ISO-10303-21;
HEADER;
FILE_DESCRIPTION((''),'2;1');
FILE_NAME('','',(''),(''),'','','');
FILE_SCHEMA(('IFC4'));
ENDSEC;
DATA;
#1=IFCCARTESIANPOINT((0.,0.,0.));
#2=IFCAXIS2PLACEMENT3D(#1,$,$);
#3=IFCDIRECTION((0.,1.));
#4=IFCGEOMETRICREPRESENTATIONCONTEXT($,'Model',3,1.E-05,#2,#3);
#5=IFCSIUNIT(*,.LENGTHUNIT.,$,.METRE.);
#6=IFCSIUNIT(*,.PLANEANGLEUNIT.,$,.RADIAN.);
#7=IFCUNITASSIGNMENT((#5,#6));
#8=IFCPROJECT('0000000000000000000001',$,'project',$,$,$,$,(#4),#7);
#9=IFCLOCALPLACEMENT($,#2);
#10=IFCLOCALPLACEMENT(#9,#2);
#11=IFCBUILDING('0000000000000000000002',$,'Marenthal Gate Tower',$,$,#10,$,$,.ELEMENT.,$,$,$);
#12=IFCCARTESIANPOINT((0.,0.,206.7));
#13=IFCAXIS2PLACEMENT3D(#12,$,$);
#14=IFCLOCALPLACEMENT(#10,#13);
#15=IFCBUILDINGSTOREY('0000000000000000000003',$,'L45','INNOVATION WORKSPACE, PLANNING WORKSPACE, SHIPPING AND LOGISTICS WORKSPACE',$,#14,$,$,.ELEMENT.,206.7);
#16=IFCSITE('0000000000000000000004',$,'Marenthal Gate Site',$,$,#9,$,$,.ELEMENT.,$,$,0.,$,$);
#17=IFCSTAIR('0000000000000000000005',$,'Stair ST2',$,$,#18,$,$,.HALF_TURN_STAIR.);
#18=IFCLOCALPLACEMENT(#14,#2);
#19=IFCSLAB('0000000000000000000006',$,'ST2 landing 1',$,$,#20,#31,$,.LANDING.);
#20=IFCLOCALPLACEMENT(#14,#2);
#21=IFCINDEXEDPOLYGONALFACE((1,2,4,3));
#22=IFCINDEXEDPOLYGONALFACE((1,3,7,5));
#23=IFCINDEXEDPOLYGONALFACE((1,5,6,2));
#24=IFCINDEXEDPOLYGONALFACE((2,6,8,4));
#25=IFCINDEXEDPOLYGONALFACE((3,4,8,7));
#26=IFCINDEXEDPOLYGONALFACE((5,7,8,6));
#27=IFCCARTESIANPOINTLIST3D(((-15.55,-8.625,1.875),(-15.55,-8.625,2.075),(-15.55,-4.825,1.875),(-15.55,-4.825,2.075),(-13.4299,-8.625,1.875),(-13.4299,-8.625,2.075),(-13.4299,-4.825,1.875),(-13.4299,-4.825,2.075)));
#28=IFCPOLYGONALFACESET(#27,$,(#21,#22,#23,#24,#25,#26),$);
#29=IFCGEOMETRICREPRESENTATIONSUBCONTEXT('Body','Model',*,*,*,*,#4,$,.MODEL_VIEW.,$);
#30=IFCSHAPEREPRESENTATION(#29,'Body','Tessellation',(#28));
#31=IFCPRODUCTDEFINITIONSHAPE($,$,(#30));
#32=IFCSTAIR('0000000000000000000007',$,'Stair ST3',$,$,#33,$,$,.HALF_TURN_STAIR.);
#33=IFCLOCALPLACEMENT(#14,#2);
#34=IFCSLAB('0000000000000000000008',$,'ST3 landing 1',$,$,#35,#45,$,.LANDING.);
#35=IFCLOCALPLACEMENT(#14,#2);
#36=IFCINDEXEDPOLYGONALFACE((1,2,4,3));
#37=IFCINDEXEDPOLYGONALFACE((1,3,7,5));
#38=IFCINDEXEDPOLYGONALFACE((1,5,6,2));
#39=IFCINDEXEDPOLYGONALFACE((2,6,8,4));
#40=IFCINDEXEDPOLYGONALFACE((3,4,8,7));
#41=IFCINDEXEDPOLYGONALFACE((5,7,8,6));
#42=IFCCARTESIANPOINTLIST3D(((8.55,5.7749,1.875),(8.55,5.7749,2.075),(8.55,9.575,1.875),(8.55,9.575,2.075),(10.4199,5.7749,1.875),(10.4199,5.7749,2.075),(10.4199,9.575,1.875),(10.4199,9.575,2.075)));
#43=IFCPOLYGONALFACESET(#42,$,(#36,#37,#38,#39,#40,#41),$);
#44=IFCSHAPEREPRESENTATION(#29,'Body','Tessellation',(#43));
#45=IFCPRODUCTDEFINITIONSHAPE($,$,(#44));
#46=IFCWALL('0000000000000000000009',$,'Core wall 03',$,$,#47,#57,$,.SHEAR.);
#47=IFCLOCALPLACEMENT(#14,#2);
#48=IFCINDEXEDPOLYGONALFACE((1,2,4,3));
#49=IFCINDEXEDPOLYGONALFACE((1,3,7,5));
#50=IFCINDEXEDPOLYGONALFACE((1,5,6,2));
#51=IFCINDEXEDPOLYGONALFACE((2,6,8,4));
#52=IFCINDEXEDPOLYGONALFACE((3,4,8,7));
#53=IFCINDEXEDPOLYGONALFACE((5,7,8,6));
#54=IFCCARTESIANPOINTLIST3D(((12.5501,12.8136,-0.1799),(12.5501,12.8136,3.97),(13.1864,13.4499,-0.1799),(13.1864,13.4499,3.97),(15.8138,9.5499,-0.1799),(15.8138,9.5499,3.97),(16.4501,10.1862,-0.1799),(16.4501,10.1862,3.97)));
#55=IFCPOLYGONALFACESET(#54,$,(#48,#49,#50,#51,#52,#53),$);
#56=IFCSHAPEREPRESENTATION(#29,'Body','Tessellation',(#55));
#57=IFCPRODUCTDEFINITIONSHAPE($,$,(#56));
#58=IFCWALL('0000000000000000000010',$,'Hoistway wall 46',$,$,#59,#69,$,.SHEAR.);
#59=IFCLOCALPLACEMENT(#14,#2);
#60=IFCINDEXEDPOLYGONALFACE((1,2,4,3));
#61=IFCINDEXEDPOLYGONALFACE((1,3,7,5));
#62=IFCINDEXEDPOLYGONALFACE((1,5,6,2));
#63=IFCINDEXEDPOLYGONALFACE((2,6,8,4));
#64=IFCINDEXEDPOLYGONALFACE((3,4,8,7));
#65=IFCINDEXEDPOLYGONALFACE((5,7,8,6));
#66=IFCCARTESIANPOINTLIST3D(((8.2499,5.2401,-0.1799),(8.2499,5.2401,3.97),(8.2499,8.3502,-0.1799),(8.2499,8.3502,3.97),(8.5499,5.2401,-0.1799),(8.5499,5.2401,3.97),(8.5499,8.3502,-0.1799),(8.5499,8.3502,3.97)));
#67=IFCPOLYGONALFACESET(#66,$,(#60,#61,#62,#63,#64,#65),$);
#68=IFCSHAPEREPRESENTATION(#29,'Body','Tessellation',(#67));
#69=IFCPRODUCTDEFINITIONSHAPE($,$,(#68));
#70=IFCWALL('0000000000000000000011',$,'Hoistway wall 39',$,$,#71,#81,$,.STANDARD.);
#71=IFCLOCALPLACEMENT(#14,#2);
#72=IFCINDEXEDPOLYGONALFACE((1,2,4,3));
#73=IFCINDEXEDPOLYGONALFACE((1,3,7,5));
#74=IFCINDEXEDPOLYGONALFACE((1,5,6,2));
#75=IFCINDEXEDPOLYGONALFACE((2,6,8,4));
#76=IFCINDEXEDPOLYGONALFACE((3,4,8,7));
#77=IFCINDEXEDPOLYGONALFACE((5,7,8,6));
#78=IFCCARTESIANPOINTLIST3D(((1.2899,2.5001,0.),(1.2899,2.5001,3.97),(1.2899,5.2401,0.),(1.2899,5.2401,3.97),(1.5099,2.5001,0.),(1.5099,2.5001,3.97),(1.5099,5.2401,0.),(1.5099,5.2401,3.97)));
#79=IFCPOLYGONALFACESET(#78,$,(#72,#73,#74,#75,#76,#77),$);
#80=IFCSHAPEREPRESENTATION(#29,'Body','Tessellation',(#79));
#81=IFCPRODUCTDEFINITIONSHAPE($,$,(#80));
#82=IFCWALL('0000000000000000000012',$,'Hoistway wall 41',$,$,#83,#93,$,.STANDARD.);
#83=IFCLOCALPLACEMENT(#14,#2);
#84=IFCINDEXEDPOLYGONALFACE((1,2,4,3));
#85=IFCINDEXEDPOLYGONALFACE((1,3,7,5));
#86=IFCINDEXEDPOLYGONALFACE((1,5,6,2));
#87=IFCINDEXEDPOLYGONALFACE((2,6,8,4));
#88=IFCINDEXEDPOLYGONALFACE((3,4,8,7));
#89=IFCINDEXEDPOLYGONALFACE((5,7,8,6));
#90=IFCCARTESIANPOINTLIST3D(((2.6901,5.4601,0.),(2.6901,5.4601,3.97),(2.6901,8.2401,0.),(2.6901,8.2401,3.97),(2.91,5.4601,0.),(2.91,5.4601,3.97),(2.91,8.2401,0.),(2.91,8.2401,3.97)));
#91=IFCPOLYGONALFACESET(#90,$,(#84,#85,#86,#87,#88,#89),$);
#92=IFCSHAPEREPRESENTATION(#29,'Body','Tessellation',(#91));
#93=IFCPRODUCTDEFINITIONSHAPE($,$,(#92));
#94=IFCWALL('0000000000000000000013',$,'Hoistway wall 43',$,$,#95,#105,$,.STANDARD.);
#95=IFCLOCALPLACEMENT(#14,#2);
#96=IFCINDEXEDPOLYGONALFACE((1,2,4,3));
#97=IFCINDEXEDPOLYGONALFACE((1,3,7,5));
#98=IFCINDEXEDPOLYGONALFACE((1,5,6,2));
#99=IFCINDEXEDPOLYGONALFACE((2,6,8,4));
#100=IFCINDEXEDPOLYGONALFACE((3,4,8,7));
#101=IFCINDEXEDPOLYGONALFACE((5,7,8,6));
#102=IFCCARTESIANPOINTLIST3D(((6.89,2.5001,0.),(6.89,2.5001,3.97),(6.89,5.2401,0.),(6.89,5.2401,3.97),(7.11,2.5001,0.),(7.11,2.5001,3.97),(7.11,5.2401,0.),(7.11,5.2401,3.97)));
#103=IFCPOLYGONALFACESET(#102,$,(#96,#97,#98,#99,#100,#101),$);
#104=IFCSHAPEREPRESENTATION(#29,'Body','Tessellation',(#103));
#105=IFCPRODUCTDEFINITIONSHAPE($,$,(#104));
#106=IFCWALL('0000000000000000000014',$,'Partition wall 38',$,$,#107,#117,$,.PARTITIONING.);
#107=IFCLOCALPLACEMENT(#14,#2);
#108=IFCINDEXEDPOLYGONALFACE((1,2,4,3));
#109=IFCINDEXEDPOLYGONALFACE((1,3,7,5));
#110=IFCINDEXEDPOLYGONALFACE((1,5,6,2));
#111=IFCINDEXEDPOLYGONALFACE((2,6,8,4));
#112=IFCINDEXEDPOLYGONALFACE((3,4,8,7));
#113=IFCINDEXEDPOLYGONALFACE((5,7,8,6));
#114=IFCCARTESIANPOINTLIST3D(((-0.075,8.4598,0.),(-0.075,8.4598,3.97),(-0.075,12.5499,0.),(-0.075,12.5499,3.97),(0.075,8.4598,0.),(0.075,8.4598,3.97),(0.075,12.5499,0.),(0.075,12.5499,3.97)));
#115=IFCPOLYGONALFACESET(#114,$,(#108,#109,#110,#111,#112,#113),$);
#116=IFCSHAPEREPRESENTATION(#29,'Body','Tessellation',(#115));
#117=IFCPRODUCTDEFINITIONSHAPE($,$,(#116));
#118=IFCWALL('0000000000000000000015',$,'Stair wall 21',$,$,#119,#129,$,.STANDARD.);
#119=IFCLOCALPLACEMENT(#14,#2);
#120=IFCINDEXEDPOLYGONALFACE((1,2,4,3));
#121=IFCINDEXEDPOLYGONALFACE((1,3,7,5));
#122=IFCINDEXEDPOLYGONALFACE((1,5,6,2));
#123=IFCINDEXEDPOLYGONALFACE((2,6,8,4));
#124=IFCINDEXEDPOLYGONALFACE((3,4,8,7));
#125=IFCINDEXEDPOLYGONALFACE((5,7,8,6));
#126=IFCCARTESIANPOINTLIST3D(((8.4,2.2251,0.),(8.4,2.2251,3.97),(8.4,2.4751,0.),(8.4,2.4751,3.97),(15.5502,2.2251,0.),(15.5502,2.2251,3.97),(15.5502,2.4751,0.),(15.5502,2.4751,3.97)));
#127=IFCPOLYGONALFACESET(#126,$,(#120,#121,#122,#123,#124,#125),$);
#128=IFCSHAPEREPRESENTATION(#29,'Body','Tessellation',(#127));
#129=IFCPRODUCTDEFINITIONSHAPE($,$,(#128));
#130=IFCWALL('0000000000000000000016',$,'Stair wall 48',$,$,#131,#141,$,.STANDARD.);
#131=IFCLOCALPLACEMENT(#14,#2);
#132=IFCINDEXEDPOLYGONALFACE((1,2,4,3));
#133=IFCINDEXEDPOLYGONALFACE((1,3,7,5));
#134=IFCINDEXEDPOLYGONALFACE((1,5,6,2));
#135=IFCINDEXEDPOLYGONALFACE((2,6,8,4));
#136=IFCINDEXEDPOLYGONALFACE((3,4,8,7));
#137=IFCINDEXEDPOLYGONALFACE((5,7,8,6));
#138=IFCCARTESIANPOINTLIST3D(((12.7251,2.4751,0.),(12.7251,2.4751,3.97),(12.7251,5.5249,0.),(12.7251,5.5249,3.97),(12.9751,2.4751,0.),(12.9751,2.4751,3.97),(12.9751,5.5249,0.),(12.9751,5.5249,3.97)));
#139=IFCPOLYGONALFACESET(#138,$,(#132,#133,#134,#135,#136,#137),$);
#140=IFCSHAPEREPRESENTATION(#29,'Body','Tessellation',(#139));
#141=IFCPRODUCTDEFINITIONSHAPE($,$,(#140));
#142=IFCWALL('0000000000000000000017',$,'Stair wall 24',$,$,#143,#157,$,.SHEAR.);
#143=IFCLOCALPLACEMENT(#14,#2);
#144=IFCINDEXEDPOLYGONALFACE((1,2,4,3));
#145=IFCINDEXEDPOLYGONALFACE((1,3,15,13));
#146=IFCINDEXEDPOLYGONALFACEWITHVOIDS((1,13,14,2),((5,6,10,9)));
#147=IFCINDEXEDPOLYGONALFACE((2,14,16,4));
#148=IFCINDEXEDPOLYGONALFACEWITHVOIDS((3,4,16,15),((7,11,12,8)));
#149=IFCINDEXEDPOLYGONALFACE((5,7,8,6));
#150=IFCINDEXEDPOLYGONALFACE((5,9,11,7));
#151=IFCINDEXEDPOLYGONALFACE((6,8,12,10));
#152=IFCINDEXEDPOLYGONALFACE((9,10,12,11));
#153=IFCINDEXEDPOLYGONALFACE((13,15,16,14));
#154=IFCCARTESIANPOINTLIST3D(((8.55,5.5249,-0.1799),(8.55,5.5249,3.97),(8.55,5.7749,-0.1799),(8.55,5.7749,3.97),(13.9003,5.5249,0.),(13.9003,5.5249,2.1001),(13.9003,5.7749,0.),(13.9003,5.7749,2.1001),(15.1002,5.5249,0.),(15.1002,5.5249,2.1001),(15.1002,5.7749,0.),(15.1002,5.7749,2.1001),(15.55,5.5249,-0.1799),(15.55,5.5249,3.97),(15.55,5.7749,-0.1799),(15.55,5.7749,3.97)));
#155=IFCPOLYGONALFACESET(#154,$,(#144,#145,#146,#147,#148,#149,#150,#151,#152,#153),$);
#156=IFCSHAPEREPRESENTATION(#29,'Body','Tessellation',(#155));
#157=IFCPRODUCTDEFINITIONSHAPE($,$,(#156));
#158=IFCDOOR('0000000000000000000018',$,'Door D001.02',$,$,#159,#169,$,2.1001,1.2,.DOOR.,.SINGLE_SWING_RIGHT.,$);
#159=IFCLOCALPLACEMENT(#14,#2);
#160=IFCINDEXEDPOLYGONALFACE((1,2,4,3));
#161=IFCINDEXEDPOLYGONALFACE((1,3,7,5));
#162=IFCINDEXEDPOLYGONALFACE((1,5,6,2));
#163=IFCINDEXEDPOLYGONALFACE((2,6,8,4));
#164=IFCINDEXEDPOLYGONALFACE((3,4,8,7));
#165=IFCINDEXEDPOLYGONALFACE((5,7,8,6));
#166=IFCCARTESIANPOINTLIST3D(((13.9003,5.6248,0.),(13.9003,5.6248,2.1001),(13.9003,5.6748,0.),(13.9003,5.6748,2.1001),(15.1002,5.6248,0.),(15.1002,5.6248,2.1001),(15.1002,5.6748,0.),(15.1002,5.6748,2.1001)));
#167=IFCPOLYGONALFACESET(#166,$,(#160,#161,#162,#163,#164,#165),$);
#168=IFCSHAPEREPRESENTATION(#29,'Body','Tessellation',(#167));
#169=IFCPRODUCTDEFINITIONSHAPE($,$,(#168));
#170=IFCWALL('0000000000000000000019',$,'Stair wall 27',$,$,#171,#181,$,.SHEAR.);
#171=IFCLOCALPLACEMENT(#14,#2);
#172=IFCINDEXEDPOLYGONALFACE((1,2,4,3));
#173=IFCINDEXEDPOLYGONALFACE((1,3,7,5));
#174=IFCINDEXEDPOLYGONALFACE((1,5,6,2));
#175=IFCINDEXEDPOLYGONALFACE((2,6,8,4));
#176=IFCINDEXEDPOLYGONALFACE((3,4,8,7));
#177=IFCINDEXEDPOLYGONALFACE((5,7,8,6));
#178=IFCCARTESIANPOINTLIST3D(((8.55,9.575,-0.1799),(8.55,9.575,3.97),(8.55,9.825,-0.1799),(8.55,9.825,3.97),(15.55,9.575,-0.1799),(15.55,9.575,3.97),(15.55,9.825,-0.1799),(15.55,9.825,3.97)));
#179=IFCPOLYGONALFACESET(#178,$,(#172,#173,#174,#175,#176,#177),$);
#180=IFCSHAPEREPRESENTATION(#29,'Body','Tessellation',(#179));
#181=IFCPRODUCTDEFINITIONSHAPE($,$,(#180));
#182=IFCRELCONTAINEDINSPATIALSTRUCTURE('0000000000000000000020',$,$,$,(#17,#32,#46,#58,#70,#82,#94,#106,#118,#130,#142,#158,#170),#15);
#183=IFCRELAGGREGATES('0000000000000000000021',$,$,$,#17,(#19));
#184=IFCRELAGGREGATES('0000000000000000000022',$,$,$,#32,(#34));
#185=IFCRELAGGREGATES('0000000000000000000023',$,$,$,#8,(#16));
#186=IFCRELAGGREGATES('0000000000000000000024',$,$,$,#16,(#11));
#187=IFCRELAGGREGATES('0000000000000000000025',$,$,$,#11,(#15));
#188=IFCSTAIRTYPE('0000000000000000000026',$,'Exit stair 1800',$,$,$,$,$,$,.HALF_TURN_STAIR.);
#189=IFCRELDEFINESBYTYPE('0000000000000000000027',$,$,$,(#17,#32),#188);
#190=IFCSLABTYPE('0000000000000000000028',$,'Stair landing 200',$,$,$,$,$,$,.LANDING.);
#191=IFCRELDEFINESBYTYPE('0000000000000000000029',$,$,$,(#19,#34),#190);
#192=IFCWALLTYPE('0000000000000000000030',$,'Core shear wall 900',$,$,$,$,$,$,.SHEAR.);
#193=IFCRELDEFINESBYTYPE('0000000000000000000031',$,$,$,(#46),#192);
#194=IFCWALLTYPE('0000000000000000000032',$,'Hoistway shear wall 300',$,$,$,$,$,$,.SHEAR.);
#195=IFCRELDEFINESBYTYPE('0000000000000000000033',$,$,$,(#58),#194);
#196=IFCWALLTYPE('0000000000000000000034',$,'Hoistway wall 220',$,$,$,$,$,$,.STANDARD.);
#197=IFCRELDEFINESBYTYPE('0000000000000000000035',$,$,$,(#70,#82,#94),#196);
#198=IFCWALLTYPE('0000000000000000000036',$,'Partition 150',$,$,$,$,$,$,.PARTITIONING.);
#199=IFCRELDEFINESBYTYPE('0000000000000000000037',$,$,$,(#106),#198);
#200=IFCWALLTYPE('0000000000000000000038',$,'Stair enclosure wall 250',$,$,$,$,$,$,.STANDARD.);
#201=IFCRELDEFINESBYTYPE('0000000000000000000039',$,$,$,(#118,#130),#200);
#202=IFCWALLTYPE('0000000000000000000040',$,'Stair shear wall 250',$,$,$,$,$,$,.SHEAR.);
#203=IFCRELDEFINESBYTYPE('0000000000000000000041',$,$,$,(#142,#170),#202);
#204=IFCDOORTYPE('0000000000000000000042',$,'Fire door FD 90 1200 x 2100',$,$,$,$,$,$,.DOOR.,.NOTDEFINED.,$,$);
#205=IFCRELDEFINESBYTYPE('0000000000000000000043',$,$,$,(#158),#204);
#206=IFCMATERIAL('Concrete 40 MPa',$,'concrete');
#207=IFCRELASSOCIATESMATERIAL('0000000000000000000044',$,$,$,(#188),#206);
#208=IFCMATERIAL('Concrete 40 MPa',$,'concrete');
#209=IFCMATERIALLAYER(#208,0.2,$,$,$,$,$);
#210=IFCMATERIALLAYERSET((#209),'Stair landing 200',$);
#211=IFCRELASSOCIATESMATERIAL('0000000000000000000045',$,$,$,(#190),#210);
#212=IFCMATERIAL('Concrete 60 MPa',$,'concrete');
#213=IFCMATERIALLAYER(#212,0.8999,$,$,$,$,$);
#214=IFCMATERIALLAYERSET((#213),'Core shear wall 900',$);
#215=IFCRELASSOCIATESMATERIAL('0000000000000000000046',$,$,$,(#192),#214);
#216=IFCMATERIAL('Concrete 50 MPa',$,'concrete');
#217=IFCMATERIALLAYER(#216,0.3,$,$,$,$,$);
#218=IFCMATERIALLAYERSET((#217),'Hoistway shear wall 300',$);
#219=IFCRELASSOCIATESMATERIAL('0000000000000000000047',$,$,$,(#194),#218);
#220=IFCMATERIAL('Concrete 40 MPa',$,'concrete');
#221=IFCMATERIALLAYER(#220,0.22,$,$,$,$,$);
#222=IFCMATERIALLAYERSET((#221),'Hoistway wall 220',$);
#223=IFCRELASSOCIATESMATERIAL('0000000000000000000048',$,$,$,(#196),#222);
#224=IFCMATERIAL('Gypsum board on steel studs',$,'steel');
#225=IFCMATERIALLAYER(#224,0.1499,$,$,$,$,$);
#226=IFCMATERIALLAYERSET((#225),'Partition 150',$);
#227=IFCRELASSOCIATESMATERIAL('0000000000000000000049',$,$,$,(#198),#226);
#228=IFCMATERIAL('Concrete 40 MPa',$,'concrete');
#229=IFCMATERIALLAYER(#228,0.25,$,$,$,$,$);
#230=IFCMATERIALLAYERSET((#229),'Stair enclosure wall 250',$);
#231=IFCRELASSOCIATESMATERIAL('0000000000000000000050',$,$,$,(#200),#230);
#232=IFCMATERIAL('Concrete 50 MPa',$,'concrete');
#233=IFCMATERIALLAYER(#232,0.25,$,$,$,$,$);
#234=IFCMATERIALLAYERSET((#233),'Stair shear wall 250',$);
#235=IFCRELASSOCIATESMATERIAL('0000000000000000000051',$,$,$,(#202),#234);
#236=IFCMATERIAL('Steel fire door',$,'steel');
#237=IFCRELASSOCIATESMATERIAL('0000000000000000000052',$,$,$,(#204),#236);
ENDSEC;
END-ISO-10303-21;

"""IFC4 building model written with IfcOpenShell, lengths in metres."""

from ifc_helpers import new_model, si_unit, direction, frame, frame_2d, origin, place, context, subcontext, project, spatial, polyline, rectangle, outline, extrude, material, layer, layer_set, type_object, element, fill, aggregate, save


model = new_model("IFC4")

# Units and contexts
model_context = context("Model", 3, precision=1e-05, world=origin(), true_north=direction((0.0, 1.0)))
body_context = subcontext(model_context, "Body", "Model", "MODEL_VIEW")
ifc_project = project(units=[si_unit("LENGTHUNIT", "METRE"), si_unit("PLANEANGLEUNIT", "RADIAN")], contexts=[model_context])

# Site, building, storey
site_placement = place(None, origin())
site = spatial("IfcSite", under=ifc_project, at=site_placement, Name="Marenthal Gate Site", CompositionType="ELEMENT", RefElevation=0.0)
building_placement = place(site_placement, origin())
building = spatial("IfcBuilding", under=site, at=building_placement, Name="Marenthal Gate Tower", CompositionType="ELEMENT")
storey_placement = place(building_placement, frame((0.0, 0.0, 206.7)))
storey = spatial("IfcBuildingStorey", under=building, at=storey_placement, Name="L45", Description="INNOVATION WORKSPACE, PLANNING WORKSPACE, SHIPPING AND LOGISTICS WORKSPACE", CompositionType="ELEMENT", Elevation=206.7)

# Stairs, slabs
ifc_material_1 = material(Name="Concrete 40 MPa", Category="concrete")
stair_type = type_object("IfcStairType", Name="Exit stair 1800", PredefinedType="HALF_TURN_STAIR", material=ifc_material_1)
stair_1_placement = place(storey_placement, origin())
stair_1 = element("IfcStair", 1, at=stair_1_placement, inside=storey, type_object=stair_type, Name="Stair ST2", PredefinedType="HALF_TURN_STAIR")
ifc_material_2 = material(Name="Concrete 40 MPa", Category="concrete")
ifc_layer_1 = layer(ifc_material_2, 0.2)
ifc_layer_set_1 = layer_set([ifc_layer_1], Name="Stair landing 200")
slab_type = type_object("IfcSlabType", Name="Stair landing 200", PredefinedType="LANDING", material=ifc_layer_set_1)
slab_1_placement = place(storey_placement, frame((0.0, 0.0, 1.875)))
slab_1 = element("IfcSlab", 2, at=slab_1_placement, type_object=slab_type, Name="ST2 landing 1", PredefinedType="LANDING", context=body_context, shape_type="SweptSolid", body=[
    extrude(outline(polyline([(-15.55, -8.625), (-13.4299, -8.625), (-13.4299, -4.825), (-15.55, -4.825), (-15.55, -8.625)])), origin(), (0.0, 0.0, 1.0), 0.2),
])
aggregate(stair_1, [slab_1])
stair_2_placement = place(storey_placement, origin())
stair_2 = element("IfcStair", 3, at=stair_2_placement, inside=storey, type_object=stair_type, Name="Stair ST3", PredefinedType="HALF_TURN_STAIR")
slab_2_placement = place(storey_placement, frame((0.0, 0.0, 1.875)))
slab_2 = element("IfcSlab", 4, at=slab_2_placement, type_object=slab_type, Name="ST3 landing 1", PredefinedType="LANDING", context=body_context, shape_type="SweptSolid", body=[
    extrude(outline(polyline([(8.55, 5.7749), (10.4199, 5.7749), (10.4199, 9.575), (8.55, 9.575), (8.55, 5.7749)])), origin(), (0.0, 0.0, 1.0), 0.2),
])

# Walls
ifc_material_3 = material(Name="Concrete 60 MPa", Category="concrete")
ifc_layer_2 = layer(ifc_material_3, 0.8999)
ifc_layer_set_2 = layer_set([ifc_layer_2], Name="Core shear wall 900")
wall_type_1 = type_object("IfcWallType", Name="Core shear wall 900", PredefinedType="SHEAR", material=ifc_layer_set_2)
wall_1_placement = place(storey_placement, frame((16.1318, 9.8682, -0.1799), z_axis=(0.0, 0.0, 1.0), x_axis=(-0.707107, 0.707107, 0.0)))
element("IfcWall", 5, at=wall_1_placement, inside=storey, type_object=wall_type_1, Name="Core wall 03", PredefinedType="SHEAR", context=body_context, shape_type="SweptSolid", body=[
    extrude(rectangle(XDim=4.6155, YDim=0.8999, at=frame_2d((2.3076, 0.0))), origin(), (0.0, 0.0, 1.0), 4.1499),
])
ifc_material_4 = material(Name="Concrete 50 MPa", Category="concrete")
ifc_layer_3 = layer(ifc_material_4, 0.3)
ifc_layer_set_3 = layer_set([ifc_layer_3], Name="Hoistway shear wall 300")
wall_type_2 = type_object("IfcWallType", Name="Hoistway shear wall 300", PredefinedType="SHEAR", material=ifc_layer_set_3)
wall_2_placement = place(storey_placement, frame((8.3999, 5.24, -0.1799), z_axis=(0.0, 0.0, 1.0), x_axis=(0.0, 1.0, 0.0)))
element("IfcWall", 6, at=wall_2_placement, inside=storey, type_object=wall_type_2, Name="Hoistway wall 46", PredefinedType="SHEAR", context=body_context, shape_type="SweptSolid", body=[
    extrude(rectangle(XDim=3.1101, YDim=0.3, at=frame_2d((1.5552, 0.0))), origin(), (0.0, 0.0, 1.0), 4.1499),
])
ifc_material_5 = material(Name="Concrete 40 MPa", Category="concrete")
ifc_layer_4 = layer(ifc_material_5, 0.22)
ifc_layer_set_4 = layer_set([ifc_layer_4], Name="Hoistway wall 220")
wall_type_3 = type_object("IfcWallType", Name="Hoistway wall 220", PredefinedType="STANDARD", material=ifc_layer_set_4)
wall_3_placement = place(storey_placement, frame((1.3999, 2.5, 0.0), z_axis=(0.0, 0.0, 1.0), x_axis=(0.0, 1.0, 0.0)))
element("IfcWall", 7, at=wall_3_placement, inside=storey, type_object=wall_type_3, Name="Hoistway wall 39", PredefinedType="STANDARD", context=body_context, shape_type="SweptSolid", body=[
    extrude(rectangle(XDim=2.74, YDim=0.22, at=frame_2d((1.3701, 0.0))), origin(), (0.0, 0.0, 1.0), 3.97),
])
wall_4_placement = place(storey_placement, frame((2.8, 5.46, 0.0), z_axis=(0.0, 0.0, 1.0), x_axis=(0.0, 1.0, 0.0)))
element("IfcWall", 8, at=wall_4_placement, inside=storey, type_object=wall_type_3, Name="Hoistway wall 41", PredefinedType="STANDARD", context=body_context, shape_type="SweptSolid", body=[
    extrude(rectangle(XDim=2.78, YDim=0.22, at=frame_2d((1.3901, 0.0))), origin(), (0.0, 0.0, 1.0), 3.97),
])
wall_5_placement = place(storey_placement, frame((7.0, 2.5, 0.0), z_axis=(0.0, 0.0, 1.0), x_axis=(0.0, 1.0, 0.0)))
element("IfcWall", 9, at=wall_5_placement, inside=storey, type_object=wall_type_3, Name="Hoistway wall 43", PredefinedType="STANDARD", context=body_context, shape_type="SweptSolid", body=[
    extrude(rectangle(XDim=2.74, YDim=0.22, at=frame_2d((1.3701, 0.0))), origin(), (0.0, 0.0, 1.0), 3.97),
])
ifc_material_6 = material(Name="Gypsum board on steel studs", Category="steel")
ifc_layer_5 = layer(ifc_material_6, 0.1499)
ifc_layer_set_5 = layer_set([ifc_layer_5], Name="Partition 150")
wall_type_4 = type_object("IfcWallType", Name="Partition 150", PredefinedType="PARTITIONING", material=ifc_layer_set_5)
wall_6_placement = place(storey_placement, frame((0.0, 8.46, 0.0), z_axis=(0.0, 0.0, 1.0), x_axis=(0.0, 1.0, 0.0)))
element("IfcWall", 10, at=wall_6_placement, inside=storey, type_object=wall_type_4, Name="Partition wall 38", PredefinedType="PARTITIONING", context=body_context, shape_type="SweptSolid", body=[
    extrude(rectangle(XDim=4.0901, YDim=0.1499, at=frame_2d((2.0449, 0.0))), origin(), (0.0, 0.0, 1.0), 3.97),
])
ifc_material_7 = material(Name="Concrete 40 MPa", Category="concrete")
ifc_layer_6 = layer(ifc_material_7, 0.25)
ifc_layer_set_6 = layer_set([ifc_layer_6], Name="Stair enclosure wall 250")
wall_type_5 = type_object("IfcWallType", Name="Stair enclosure wall 250", PredefinedType="STANDARD", material=ifc_layer_set_6)
wall_7_placement = place(storey_placement, frame((8.3999, 2.3501, 0.0), z_axis=(0.0, 0.0, 1.0), x_axis=(1.0, 0.0, 0.0)))
element("IfcWall", 11, at=wall_7_placement, inside=storey, type_object=wall_type_5, Name="Stair wall 21", PredefinedType="STANDARD", context=body_context, shape_type="SweptSolid", body=[
    extrude(rectangle(XDim=7.1501, YDim=0.25, at=frame_2d((3.5752, 0.0))), origin(), (0.0, 0.0, 1.0), 3.97),
])
wall_8_placement = place(storey_placement, frame((12.8501, 2.4751, 0.0), z_axis=(0.0, 0.0, 1.0), x_axis=(0.0, 1.0, 0.0)))
element("IfcWall", 12, at=wall_8_placement, inside=storey, type_object=wall_type_5, Name="Stair wall 48", PredefinedType="STANDARD", context=body_context, shape_type="SweptSolid", body=[
    extrude(rectangle(XDim=3.0498, YDim=0.25, at=frame_2d((1.5249, 0.0))), origin(), (0.0, 0.0, 1.0), 3.97),
])

# Wall, opening, door
ifc_material_8 = material(Name="Concrete 50 MPa", Category="concrete")
ifc_layer_7 = layer(ifc_material_8, 0.25)
ifc_layer_set_7 = layer_set([ifc_layer_7], Name="Stair shear wall 250")
wall_type_6 = type_object("IfcWallType", Name="Stair shear wall 250", PredefinedType="SHEAR", material=ifc_layer_set_7)
wall_9_placement = place(storey_placement, frame((8.55, 5.6499, -0.1799), z_axis=(0.0, 0.0, 1.0), x_axis=(1.0, 0.0, 0.0)))
wall_9 = element("IfcWall", 13, at=wall_9_placement, inside=storey, type_object=wall_type_6, Name="Stair wall 24", PredefinedType="SHEAR", context=body_context, shape_type="SweptSolid", body=[
    extrude(rectangle(XDim=7.0, YDim=0.25, at=frame_2d((3.5, 0.0))), origin(), (0.0, 0.0, 1.0), 4.1499),
])
opening_placement = place(wall_9_placement, frame((5.3501, 0.0, 0.1799)))
opening = element("IfcOpeningElement", 14, at=opening_placement, cuts=wall_9, PredefinedType="OPENING", context=body_context, shape_type="SweptSolid", body=[
    extrude(rectangle(XDim=1.2, YDim=2.1001, at=frame_2d((0.6001, 1.05))), frame((0.0, 0.135, 0.0), z_axis=(0.0, -1.0, 0.0), x_axis=(1.0, 0.0, 0.0)), (0.0, 0.0, 1.0), 0.27),
])
ifc_material_9 = material(Name="Steel fire door", Category="steel")
door_type = type_object("IfcDoorType", Name="Fire door FD 90 1200 x 2100", OperationType="NOTDEFINED", PredefinedType="DOOR", material=ifc_material_9)
door_placement = place(opening_placement, origin())
door = element("IfcDoor", 15, at=door_placement, inside=storey, type_object=door_type, Name="Door D001.02", OperationType="SINGLE_SWING_RIGHT", OverallHeight=2.1001, OverallWidth=1.2, PredefinedType="DOOR", context=body_context, shape_type="SweptSolid", body=[
    extrude(rectangle(XDim=1.2, YDim=2.1001, at=frame_2d((0.6001, 1.05))), frame((0.0, 0.0249, 0.0), z_axis=(0.0, -1.0, 0.0), x_axis=(1.0, 0.0, 0.0)), (0.0, 0.0, 1.0), 0.05),
])
fill(opening, door)

# Wall
wall_10_placement = place(storey_placement, frame((8.55, 9.7, -0.1799), z_axis=(0.0, 0.0, 1.0), x_axis=(1.0, 0.0, 0.0)))
element("IfcWall", 16, at=wall_10_placement, inside=storey, type_object=wall_type_6, Name="Stair wall 27", PredefinedType="SHEAR", context=body_context, shape_type="SweptSolid", body=[
    extrude(rectangle(XDim=7.0, YDim=0.25, at=frame_2d((3.5, 0.0))), origin(), (0.0, 0.0, 1.0), 4.1499),
])

aggregate(stair_2, [slab_2])

save(model, "model.ifc")
